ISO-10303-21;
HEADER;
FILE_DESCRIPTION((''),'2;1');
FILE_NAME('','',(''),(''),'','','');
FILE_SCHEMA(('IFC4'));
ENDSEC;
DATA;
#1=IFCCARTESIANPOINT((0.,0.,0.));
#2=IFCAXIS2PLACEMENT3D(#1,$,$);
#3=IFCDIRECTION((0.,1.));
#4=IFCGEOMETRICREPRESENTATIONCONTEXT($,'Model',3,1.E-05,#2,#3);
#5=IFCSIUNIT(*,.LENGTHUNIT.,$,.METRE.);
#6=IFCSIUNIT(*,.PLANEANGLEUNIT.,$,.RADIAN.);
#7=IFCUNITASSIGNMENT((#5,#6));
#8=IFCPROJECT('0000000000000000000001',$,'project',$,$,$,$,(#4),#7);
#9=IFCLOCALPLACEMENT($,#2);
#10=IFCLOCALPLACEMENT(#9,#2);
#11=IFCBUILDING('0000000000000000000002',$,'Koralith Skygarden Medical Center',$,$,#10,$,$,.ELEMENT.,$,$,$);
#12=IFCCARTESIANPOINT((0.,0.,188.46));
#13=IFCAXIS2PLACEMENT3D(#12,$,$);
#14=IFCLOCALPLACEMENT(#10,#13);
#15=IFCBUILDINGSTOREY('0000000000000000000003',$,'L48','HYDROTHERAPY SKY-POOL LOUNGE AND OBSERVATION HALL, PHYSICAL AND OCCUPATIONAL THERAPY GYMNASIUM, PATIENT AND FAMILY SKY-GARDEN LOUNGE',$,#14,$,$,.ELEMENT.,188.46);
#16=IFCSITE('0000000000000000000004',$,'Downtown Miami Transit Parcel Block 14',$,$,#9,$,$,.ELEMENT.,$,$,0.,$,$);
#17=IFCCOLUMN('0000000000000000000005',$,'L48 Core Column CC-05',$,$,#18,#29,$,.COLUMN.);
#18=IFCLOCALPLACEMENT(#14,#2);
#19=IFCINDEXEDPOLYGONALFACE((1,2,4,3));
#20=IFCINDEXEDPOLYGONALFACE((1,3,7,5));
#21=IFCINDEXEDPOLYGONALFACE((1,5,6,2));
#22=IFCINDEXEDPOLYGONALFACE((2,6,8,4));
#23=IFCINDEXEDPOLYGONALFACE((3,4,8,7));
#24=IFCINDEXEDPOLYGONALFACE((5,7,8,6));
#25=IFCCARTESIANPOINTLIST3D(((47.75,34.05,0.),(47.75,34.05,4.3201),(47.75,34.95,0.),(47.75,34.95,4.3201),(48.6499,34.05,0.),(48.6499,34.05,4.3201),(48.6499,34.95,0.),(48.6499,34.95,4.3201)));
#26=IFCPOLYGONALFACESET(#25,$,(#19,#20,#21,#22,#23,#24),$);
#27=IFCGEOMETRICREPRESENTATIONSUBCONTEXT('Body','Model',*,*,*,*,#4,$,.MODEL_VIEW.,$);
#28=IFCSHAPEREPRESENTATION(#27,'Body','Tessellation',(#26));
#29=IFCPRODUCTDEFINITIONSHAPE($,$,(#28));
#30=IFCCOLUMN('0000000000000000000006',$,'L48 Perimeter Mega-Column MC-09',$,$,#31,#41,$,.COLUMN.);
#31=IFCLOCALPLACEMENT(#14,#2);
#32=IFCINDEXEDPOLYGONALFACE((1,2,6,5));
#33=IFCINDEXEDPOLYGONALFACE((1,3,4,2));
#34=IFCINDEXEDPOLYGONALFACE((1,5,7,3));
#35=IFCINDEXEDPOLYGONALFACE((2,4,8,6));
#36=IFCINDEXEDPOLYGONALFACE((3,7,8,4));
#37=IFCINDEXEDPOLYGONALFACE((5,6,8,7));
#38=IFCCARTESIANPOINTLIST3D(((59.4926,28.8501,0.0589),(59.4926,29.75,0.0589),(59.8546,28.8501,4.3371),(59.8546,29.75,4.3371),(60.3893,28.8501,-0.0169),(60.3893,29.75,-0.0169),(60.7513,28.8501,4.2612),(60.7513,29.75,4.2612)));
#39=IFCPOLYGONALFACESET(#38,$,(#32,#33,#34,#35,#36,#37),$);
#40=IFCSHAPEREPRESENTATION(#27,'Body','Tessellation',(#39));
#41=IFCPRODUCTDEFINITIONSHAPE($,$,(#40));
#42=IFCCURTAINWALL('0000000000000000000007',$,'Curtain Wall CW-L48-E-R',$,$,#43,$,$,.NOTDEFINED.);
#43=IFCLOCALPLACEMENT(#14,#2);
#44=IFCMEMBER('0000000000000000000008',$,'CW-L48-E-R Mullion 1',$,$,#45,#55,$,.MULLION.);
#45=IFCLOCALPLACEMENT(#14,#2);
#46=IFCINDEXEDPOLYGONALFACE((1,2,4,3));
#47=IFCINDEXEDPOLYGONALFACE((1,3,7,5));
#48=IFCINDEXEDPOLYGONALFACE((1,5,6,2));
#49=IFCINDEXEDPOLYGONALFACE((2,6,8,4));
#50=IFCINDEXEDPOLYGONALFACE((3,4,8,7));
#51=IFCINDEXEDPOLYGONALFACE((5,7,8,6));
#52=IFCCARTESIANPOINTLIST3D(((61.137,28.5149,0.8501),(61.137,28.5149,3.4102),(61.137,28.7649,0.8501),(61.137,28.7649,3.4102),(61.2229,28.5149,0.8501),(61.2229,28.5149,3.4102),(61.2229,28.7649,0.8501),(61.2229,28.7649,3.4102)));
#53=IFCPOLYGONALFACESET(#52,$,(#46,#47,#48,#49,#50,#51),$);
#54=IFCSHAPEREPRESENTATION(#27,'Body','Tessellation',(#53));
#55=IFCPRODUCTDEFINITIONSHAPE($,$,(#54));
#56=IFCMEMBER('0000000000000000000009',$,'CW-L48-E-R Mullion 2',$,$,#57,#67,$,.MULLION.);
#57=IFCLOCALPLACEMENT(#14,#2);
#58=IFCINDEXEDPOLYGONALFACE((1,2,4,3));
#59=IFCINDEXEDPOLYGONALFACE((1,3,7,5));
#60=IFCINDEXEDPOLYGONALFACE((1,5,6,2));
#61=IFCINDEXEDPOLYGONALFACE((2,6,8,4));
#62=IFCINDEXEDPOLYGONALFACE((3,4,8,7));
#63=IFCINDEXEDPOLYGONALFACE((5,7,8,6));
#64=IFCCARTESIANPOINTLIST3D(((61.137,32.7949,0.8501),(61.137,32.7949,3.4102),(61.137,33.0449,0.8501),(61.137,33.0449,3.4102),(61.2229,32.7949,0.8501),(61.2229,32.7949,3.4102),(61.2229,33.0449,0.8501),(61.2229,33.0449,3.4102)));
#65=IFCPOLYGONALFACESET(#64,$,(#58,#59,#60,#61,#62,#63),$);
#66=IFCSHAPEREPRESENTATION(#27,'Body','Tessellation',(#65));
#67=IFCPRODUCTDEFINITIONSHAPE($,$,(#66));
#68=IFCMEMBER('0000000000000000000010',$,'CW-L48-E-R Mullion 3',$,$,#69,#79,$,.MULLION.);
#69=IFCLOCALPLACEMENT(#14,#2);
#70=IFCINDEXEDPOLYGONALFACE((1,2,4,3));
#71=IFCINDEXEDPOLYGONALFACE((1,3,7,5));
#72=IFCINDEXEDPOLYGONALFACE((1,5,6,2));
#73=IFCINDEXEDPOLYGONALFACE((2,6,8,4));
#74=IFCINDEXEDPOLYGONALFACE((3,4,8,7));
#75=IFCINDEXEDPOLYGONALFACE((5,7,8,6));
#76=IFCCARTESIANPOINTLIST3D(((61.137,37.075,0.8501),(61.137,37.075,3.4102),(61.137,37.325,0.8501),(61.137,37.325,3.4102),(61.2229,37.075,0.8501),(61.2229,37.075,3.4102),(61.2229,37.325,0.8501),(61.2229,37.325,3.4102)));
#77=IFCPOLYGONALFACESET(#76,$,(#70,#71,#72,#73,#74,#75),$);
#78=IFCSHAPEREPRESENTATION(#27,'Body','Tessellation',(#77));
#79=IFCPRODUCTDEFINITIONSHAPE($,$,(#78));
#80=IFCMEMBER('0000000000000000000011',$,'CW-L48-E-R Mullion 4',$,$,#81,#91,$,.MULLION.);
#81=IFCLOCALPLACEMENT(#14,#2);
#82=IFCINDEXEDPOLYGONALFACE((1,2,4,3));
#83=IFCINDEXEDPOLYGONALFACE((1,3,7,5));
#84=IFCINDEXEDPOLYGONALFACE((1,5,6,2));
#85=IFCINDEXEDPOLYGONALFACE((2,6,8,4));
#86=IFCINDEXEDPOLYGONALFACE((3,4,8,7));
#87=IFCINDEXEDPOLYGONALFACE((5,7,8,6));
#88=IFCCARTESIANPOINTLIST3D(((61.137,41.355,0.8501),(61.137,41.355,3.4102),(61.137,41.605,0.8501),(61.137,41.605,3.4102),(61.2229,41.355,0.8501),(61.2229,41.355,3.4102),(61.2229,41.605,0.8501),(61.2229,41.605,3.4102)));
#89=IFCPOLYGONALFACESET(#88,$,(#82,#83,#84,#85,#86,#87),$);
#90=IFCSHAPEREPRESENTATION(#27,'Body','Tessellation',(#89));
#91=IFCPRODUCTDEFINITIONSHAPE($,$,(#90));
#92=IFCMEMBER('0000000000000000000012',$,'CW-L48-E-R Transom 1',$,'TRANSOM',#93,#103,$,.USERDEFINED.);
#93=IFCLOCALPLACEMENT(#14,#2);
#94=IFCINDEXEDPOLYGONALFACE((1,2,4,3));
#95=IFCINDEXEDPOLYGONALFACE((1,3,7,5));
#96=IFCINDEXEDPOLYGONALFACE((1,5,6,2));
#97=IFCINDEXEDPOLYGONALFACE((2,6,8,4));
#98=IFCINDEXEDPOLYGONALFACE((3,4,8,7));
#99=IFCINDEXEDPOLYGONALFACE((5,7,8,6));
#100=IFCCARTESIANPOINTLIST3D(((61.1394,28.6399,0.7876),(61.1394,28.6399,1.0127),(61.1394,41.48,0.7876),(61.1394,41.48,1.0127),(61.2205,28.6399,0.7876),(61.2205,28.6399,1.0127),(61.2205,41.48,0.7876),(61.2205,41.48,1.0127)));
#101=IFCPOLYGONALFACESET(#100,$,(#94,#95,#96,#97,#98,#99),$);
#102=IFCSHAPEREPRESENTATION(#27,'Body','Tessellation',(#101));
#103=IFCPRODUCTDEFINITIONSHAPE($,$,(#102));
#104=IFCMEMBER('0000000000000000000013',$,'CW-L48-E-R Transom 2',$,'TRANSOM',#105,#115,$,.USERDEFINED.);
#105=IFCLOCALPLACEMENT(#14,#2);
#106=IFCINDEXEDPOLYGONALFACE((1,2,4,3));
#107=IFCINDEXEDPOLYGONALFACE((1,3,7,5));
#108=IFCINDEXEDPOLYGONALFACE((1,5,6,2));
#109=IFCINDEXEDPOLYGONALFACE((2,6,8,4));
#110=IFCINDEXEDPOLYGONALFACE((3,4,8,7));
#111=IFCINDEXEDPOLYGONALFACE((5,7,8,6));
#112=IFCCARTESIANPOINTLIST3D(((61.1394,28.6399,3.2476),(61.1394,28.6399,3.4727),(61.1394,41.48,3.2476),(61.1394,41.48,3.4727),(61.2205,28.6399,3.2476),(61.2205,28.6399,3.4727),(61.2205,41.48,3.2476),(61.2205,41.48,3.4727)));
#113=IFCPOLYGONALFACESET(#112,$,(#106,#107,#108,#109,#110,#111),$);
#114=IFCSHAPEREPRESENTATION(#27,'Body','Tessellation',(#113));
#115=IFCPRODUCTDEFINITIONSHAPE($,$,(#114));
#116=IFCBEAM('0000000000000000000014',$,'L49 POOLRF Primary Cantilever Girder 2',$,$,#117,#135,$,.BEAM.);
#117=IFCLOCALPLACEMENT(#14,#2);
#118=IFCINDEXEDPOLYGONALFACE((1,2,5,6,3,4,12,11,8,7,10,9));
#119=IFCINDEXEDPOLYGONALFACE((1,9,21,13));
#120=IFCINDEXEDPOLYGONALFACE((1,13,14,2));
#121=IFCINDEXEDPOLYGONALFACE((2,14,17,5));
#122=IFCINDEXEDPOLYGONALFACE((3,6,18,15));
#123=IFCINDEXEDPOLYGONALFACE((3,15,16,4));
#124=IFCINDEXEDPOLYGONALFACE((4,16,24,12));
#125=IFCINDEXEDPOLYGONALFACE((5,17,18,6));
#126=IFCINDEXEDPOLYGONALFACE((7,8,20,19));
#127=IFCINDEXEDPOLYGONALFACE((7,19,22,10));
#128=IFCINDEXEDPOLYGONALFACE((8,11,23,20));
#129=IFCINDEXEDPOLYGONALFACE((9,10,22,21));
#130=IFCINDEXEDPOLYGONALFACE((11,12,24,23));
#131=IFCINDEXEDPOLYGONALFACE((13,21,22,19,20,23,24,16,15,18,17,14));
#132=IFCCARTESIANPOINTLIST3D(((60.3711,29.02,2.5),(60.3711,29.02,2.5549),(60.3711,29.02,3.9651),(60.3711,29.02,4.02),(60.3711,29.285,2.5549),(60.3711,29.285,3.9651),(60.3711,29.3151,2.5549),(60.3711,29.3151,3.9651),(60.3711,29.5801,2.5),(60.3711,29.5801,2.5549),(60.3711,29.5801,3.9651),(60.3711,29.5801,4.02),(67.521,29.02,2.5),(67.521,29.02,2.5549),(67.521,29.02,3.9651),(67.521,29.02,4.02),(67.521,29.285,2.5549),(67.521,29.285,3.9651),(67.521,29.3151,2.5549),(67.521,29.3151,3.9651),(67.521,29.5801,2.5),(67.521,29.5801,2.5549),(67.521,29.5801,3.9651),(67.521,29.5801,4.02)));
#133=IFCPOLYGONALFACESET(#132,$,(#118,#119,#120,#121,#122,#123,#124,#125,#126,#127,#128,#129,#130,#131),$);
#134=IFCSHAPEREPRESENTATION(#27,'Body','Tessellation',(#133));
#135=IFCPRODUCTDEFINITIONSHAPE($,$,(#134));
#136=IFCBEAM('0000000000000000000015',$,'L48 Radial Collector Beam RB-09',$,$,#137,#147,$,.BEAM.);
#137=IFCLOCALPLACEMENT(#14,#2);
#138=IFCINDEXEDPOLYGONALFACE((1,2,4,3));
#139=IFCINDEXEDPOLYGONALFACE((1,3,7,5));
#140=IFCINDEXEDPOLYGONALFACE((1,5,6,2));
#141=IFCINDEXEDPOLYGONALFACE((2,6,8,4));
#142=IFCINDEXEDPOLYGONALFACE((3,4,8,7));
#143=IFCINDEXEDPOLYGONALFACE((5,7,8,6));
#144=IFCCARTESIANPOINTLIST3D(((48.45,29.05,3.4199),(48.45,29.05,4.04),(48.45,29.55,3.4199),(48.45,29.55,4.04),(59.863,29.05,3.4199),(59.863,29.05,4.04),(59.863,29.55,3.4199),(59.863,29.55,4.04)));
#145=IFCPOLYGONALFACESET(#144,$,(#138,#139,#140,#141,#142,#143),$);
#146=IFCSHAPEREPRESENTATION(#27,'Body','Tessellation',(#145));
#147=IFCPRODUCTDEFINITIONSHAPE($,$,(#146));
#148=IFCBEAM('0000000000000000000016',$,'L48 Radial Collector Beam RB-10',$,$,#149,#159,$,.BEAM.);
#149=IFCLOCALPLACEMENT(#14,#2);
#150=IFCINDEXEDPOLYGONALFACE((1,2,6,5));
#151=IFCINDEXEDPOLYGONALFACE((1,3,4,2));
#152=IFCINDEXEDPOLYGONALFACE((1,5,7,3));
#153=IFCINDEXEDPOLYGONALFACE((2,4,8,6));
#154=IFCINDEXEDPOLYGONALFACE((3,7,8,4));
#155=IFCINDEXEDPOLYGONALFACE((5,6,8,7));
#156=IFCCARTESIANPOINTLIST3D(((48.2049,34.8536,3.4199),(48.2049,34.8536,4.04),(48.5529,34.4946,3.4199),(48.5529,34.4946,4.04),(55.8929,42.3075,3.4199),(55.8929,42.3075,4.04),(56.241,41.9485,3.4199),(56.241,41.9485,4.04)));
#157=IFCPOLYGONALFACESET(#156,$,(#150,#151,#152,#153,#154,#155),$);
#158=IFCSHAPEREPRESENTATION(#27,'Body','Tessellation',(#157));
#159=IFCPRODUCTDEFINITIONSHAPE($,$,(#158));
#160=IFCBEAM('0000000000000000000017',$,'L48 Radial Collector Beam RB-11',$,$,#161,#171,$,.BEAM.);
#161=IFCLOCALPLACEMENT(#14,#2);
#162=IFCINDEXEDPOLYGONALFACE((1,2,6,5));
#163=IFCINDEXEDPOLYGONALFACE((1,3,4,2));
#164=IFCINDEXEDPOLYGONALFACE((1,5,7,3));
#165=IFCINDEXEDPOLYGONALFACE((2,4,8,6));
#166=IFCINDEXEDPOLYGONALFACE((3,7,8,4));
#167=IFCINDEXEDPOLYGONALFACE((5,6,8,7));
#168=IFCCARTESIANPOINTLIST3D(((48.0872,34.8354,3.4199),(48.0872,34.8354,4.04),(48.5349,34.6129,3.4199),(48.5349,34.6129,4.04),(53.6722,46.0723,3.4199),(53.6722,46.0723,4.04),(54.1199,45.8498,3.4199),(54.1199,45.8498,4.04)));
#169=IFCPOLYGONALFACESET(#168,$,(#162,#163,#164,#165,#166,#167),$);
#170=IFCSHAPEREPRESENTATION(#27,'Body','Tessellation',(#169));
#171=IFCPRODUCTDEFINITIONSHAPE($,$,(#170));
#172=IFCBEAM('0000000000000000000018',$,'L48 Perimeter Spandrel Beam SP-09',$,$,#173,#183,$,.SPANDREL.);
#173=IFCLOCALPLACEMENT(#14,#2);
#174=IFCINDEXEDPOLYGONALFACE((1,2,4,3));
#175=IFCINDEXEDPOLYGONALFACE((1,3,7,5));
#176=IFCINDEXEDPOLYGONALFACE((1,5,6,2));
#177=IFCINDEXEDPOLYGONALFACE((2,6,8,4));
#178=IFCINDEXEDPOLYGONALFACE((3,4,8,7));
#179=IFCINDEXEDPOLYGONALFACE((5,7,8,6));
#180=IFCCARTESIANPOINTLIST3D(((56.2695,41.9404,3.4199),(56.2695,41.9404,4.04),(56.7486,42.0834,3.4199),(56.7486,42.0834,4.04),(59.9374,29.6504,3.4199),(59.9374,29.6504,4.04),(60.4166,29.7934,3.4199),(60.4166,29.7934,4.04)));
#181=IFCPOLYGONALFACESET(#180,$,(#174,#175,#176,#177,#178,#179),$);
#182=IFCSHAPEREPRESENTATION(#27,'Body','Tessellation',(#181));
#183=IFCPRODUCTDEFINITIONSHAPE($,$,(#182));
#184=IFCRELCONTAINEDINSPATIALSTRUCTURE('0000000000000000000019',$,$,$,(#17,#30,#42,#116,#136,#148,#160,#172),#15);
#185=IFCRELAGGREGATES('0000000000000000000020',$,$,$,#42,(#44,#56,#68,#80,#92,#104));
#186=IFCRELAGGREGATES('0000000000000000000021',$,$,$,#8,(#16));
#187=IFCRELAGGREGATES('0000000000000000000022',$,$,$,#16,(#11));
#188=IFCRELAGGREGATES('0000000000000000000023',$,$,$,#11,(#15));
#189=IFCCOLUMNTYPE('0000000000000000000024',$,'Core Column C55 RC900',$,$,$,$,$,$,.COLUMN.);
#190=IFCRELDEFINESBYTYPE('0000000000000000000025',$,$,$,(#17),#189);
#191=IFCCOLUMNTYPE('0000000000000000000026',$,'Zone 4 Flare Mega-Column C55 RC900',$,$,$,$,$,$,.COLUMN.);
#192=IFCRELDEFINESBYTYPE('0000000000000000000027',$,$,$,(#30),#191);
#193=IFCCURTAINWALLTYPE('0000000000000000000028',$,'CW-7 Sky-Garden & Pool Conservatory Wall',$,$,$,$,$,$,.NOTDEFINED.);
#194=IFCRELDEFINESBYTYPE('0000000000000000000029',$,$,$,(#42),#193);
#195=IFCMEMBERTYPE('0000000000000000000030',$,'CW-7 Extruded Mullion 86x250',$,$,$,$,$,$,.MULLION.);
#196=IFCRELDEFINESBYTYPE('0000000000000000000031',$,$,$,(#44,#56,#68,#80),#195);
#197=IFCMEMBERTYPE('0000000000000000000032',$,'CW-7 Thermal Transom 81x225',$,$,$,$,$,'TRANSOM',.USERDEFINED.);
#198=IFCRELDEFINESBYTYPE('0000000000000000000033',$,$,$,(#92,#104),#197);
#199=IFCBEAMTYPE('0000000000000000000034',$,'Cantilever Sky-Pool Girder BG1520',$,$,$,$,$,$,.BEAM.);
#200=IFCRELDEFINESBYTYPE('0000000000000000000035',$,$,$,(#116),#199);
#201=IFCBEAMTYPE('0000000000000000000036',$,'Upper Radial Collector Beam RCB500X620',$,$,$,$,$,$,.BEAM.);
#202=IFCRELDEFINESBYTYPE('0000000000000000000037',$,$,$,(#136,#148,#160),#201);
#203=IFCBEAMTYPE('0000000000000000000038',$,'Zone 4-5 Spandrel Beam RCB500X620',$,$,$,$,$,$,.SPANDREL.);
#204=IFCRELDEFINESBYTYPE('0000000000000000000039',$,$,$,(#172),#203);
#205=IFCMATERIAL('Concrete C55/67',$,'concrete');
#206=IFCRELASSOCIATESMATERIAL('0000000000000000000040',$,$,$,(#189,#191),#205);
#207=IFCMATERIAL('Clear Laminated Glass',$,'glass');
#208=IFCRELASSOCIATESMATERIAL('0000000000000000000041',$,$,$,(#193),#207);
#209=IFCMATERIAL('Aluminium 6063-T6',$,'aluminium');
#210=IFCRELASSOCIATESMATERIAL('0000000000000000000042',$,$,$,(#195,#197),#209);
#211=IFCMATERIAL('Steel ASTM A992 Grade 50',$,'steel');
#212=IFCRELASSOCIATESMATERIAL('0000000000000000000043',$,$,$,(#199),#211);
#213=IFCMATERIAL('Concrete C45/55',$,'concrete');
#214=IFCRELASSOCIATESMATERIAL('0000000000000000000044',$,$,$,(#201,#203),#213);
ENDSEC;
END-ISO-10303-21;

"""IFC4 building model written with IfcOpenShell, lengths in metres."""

from ifc_helpers import new_model, si_unit, direction, frame, origin, origin_2d, place, context, subcontext, project, spatial, rectangle, i_section, extrude, material, material_profile, profile_set, type_object, element, aggregate, save


model = new_model("IFC4")

# Units and contexts
model_context = context("Model", 3, precision=1e-05, world=origin(), true_north=direction((0.0, 1.0)))
body_context = subcontext(model_context, "Body", "Model", "MODEL_VIEW")
ifc_project = project(units=[si_unit("LENGTHUNIT", "METRE"), si_unit("PLANEANGLEUNIT", "RADIAN")], contexts=[model_context])

# Site, building, storey
site_placement = place(None, origin())
site = spatial("IfcSite", under=ifc_project, at=site_placement, Name="Downtown Miami Transit Parcel Block 14", CompositionType="ELEMENT", RefElevation=0.0)
building_placement = place(site_placement, origin())
building = spatial("IfcBuilding", under=site, at=building_placement, Name="Koralith Skygarden Medical Center", CompositionType="ELEMENT")
storey_placement = place(building_placement, frame((0.0, 0.0, 188.46)))
storey = spatial("IfcBuildingStorey", under=building, at=storey_placement, Name="L48", Description="HYDROTHERAPY SKY-POOL LOUNGE AND OBSERVATION HALL, PHYSICAL AND OCCUPATIONAL THERAPY GYMNASIUM, PATIENT AND FAMILY SKY-GARDEN LOUNGE", CompositionType="ELEMENT", Elevation=188.46)

# Columns
ifc_material_1 = material(Name="Concrete C55/67", Category="concrete")
ifc_material_profile_1 = material_profile(ifc_material_1, rectangle(XDim=0.8999, YDim=0.8999, at=origin_2d()), Name="RC900X900")
ifc_profile_set_1 = profile_set([ifc_material_profile_1], Name="Concrete C55/67")
column_type_1 = type_object("IfcColumnType", Name="Core Column C55 RC900", PredefinedType="COLUMN", material=ifc_profile_set_1)
column_1_placement = place(storey_placement, frame((48.2, 34.5, 0.0), z_axis=(0.0, 0.0, 1.0), x_axis=(1.0, 0.0, 0.0)))
element("IfcColumn", 1, at=column_1_placement, inside=storey, type_object=column_type_1, Name="L48 Core Column CC-05", PredefinedType="COLUMN", context=body_context, shape_type="SweptSolid", body=[
    extrude(rectangle(XDim=0.8999, YDim=0.8999, at=origin_2d()), origin(), (0.0, 0.0, 1.0), 4.3201),
])
ifc_material_profile_2 = material_profile(ifc_material_1, rectangle(XDim=0.8999, YDim=0.8999, at=origin_2d()), Name="RC900X900")
ifc_profile_set_2 = profile_set([ifc_material_profile_2], Name="Concrete C55/67")
column_type_2 = type_object("IfcColumnType", Name="Zone 4 Flare Mega-Column C55 RC900", PredefinedType="COLUMN", material=ifc_profile_set_2)
column_2_placement = place(storey_placement, frame((59.9409, 29.3, 0.021), z_axis=(0.08433, 0.0, 0.996438), x_axis=(0.0, 1.0, 0.0)))
element("IfcColumn", 2, at=column_2_placement, inside=storey, type_object=column_type_2, Name="L48 Perimeter Mega-Column MC-09", PredefinedType="COLUMN", context=body_context, shape_type="SweptSolid", body=[
    extrude(rectangle(XDim=0.8999, YDim=0.8999, at=origin_2d()), origin(), (0.0, 0.0, 1.0), 4.2935),
])

# Curtain wall, members
ifc_material_2 = material(Name="Clear Laminated Glass", Category="glass")
curtain_wall_type = type_object("IfcCurtainWallType", Name="CW-7 Sky-Garden & Pool Conservatory Wall", PredefinedType="NOTDEFINED", material=ifc_material_2)
curtain_wall_placement = place(storey_placement, origin())
curtain_wall = element("IfcCurtainWall", 3, at=curtain_wall_placement, inside=storey, type_object=curtain_wall_type, Name="Curtain Wall CW-L48-E-R", PredefinedType="NOTDEFINED")
ifc_material_3 = material(Name="Aluminium 6063-T6", Category="aluminium")
ifc_material_profile_3 = material_profile(ifc_material_3, rectangle(XDim=0.0859, YDim=0.25, at=origin_2d()), Name="MUL86X250")
ifc_profile_set_3 = profile_set([ifc_material_profile_3], Name="Aluminium 6063-T6")
member_type_1 = type_object("IfcMemberType", Name="CW-7 Extruded Mullion 86x250", PredefinedType="MULLION", material=ifc_profile_set_3)
member_1_placement = place(storey_placement, frame((61.1799, 28.6399, 0.8501), z_axis=(0.0, 0.0, 1.0), x_axis=(1.0, 0.0, 0.0)))
member_1 = element("IfcMember", 4, at=member_1_placement, type_object=member_type_1, Name="CW-L48-E-R Mullion 1", PredefinedType="MULLION", context=body_context, shape_type="SweptSolid", body=[
    extrude(rectangle(XDim=0.0859, YDim=0.25, at=origin_2d()), origin(), (0.0, 0.0, 1.0), 2.5601),
])
member_2_placement = place(storey_placement, frame((61.1799, 32.9199, 0.8501), z_axis=(0.0, 0.0, 1.0), x_axis=(1.0, 0.0, 0.0)))
member_2 = element("IfcMember", 5, at=member_2_placement, type_object=member_type_1, Name="CW-L48-E-R Mullion 2", PredefinedType="MULLION", context=body_context, shape_type="SweptSolid", body=[
    extrude(rectangle(XDim=0.0859, YDim=0.25, at=origin_2d()), origin(), (0.0, 0.0, 1.0), 2.5601),
])
member_3_placement = place(storey_placement, frame((61.1799, 37.2, 0.8501), z_axis=(0.0, 0.0, 1.0), x_axis=(1.0, 0.0, 0.0)))
member_3 = element("IfcMember", 6, at=member_3_placement, type_object=member_type_1, Name="CW-L48-E-R Mullion 3", PredefinedType="MULLION", context=body_context, shape_type="SweptSolid", body=[
    extrude(rectangle(XDim=0.0859, YDim=0.25, at=origin_2d()), origin(), (0.0, 0.0, 1.0), 2.5601),
])
member_4_placement = place(storey_placement, frame((61.1799, 41.48, 0.8501), z_axis=(0.0, 0.0, 1.0), x_axis=(1.0, 0.0, 0.0)))
member_4 = element("IfcMember", 7, at=member_4_placement, type_object=member_type_1, Name="CW-L48-E-R Mullion 4", PredefinedType="MULLION", context=body_context, shape_type="SweptSolid", body=[
    extrude(rectangle(XDim=0.0859, YDim=0.25, at=origin_2d()), origin(), (0.0, 0.0, 1.0), 2.5601),
])
ifc_material_profile_4 = material_profile(ifc_material_3, rectangle(XDim=0.0811, YDim=0.2251, at=origin_2d()), Name="TRN81X225")
ifc_profile_set_4 = profile_set([ifc_material_profile_4], Name="Aluminium 6063-T6")
member_type_2 = type_object("IfcMemberType", Name="CW-7 Thermal Transom 81x225", ElementType="TRANSOM", PredefinedType="USERDEFINED", material=ifc_profile_set_4)
member_5_placement = place(storey_placement, frame((61.1799, 28.6399, 0.9001), z_axis=(0.0, 1.0, 0.0), x_axis=(-1.0, 0.0, 0.0)))
member_5 = element("IfcMember", 8, at=member_5_placement, type_object=member_type_2, Name="CW-L48-E-R Transom 1", ObjectType="TRANSOM", PredefinedType="USERDEFINED", context=body_context, shape_type="SweptSolid", body=[
    extrude(rectangle(XDim=0.0811, YDim=0.2251, at=origin_2d()), origin(), (0.0, 0.0, 1.0), 12.8401),
])
member_6_placement = place(storey_placement, frame((61.1799, 28.6399, 3.3601), z_axis=(0.0, 1.0, 0.0), x_axis=(-1.0, 0.0, 0.0)))
member_6 = element("IfcMember", 9, at=member_6_placement, type_object=member_type_2, Name="CW-L48-E-R Transom 2", ObjectType="TRANSOM", PredefinedType="USERDEFINED", context=body_context, shape_type="SweptSolid", body=[
    extrude(rectangle(XDim=0.0811, YDim=0.2251, at=origin_2d()), origin(), (0.0, 0.0, 1.0), 12.8401),
])

# Beams
ifc_material_4 = material(Name="Steel ASTM A992 Grade 50", Category="steel")
ifc_material_profile_5 = material_profile(ifc_material_4, i_section(OverallWidth=0.5601, OverallDepth=1.52, WebThickness=0.03, FlangeThickness=0.0549, at=origin_2d()), Name="BG1520X560X55X30")
ifc_profile_set_5 = profile_set([ifc_material_profile_5], Name="Steel ASTM A992 Grade 50")
beam_type_1 = type_object("IfcBeamType", Name="Cantilever Sky-Pool Girder BG1520", PredefinedType="BEAM", material=ifc_profile_set_5)
beam_1_placement = place(storey_placement, frame((60.3711, 29.3, 3.26), z_axis=(1.0, 0.0, 0.0), x_axis=(0.0, 1.0, 0.0)))
element("IfcBeam", 10, at=beam_1_placement, inside=storey, type_object=beam_type_1, Name="L49 POOLRF Primary Cantilever Girder 2", PredefinedType="BEAM", context=body_context, shape_type="SweptSolid", body=[
    extrude(i_section(OverallWidth=0.5601, OverallDepth=1.52, WebThickness=0.03, FlangeThickness=0.0549, at=origin_2d()), origin(), (0.0, 0.0, 1.0), 7.1499),
])
ifc_material_5 = material(Name="Concrete C45/55", Category="concrete")
ifc_material_profile_6 = material_profile(ifc_material_5, rectangle(XDim=0.5, YDim=0.6201, at=origin_2d()), Name="RCB500X620")
ifc_profile_set_6 = profile_set([ifc_material_profile_6], Name="Concrete C45/55")
beam_type_2 = type_object("IfcBeamType", Name="Upper Radial Collector Beam RCB500X620", PredefinedType="BEAM", material=ifc_profile_set_6)
beam_2_placement = place(storey_placement, frame((48.45, 29.3, 3.73), z_axis=(1.0, 0.0, 0.0), x_axis=(0.0, 1.0, 0.0)))
element("IfcBeam", 11, at=beam_2_placement, inside=storey, type_object=beam_type_2, Name="L48 Radial Collector Beam RB-09", PredefinedType="BEAM", context=body_context, shape_type="SweptSolid", body=[
    extrude(rectangle(XDim=0.5, YDim=0.6201, at=origin_2d()), origin(), (0.0, 0.0, 1.0), 11.4131),
])
beam_3_placement = place(storey_placement, frame((48.3789, 34.6741, 3.73), z_axis=(0.717955, 0.69609, 0.0), x_axis=(-0.69609, 0.717955, 0.0)))
element("IfcBeam", 12, at=beam_3_placement, inside=storey, type_object=beam_type_2, Name="L48 Radial Collector Beam RB-10", PredefinedType="BEAM", context=body_context, shape_type="SweptSolid", body=[
    extrude(rectangle(XDim=0.5, YDim=0.6201, at=origin_2d()), origin(), (0.0, 0.0, 1.0), 10.7083),
])
beam_4_placement = place(storey_placement, frame((48.311, 34.7241, 3.73), z_axis=(0.44508, 0.895491, 0.0), x_axis=(-0.895491, 0.44508, 0.0)))
element("IfcBeam", 13, at=beam_4_placement, inside=storey, type_object=beam_type_2, Name="L48 Radial Collector Beam RB-11", PredefinedType="BEAM", context=body_context, shape_type="SweptSolid", body=[
    extrude(rectangle(XDim=0.5, YDim=0.6201, at=origin_2d()), origin(), (0.0, 0.0, 1.0), 12.5483),
])
ifc_material_profile_7 = material_profile(ifc_material_5, rectangle(XDim=0.5, YDim=0.6201, at=origin_2d()), Name="RCB500X620")
ifc_profile_set_7 = profile_set([ifc_material_profile_7], Name="Concrete C45/55")
beam_type_3 = type_object("IfcBeamType", Name="Zone 4-5 Spandrel Beam RCB500X620", PredefinedType="SPANDREL", material=ifc_profile_set_7)
beam_5_placement = place(storey_placement, frame((60.177, 29.7219, 3.73), z_axis=(-0.285985, 0.958234, 0.0), x_axis=(-0.958234, -0.285985, 0.0)))
element("IfcBeam", 14, at=beam_5_placement, inside=storey, type_object=beam_type_3, Name="L48 Perimeter Spandrel Beam SP-09", PredefinedType="SPANDREL", context=body_context, shape_type="SweptSolid", body=[
    extrude(rectangle(XDim=0.5, YDim=0.6201, at=origin_2d()), origin(), (0.0, 0.0, 1.0), 12.8257),
])

aggregate(curtain_wall, [member_1, member_2, member_3, member_4, member_5, member_6])

save(model, "model.ifc")
